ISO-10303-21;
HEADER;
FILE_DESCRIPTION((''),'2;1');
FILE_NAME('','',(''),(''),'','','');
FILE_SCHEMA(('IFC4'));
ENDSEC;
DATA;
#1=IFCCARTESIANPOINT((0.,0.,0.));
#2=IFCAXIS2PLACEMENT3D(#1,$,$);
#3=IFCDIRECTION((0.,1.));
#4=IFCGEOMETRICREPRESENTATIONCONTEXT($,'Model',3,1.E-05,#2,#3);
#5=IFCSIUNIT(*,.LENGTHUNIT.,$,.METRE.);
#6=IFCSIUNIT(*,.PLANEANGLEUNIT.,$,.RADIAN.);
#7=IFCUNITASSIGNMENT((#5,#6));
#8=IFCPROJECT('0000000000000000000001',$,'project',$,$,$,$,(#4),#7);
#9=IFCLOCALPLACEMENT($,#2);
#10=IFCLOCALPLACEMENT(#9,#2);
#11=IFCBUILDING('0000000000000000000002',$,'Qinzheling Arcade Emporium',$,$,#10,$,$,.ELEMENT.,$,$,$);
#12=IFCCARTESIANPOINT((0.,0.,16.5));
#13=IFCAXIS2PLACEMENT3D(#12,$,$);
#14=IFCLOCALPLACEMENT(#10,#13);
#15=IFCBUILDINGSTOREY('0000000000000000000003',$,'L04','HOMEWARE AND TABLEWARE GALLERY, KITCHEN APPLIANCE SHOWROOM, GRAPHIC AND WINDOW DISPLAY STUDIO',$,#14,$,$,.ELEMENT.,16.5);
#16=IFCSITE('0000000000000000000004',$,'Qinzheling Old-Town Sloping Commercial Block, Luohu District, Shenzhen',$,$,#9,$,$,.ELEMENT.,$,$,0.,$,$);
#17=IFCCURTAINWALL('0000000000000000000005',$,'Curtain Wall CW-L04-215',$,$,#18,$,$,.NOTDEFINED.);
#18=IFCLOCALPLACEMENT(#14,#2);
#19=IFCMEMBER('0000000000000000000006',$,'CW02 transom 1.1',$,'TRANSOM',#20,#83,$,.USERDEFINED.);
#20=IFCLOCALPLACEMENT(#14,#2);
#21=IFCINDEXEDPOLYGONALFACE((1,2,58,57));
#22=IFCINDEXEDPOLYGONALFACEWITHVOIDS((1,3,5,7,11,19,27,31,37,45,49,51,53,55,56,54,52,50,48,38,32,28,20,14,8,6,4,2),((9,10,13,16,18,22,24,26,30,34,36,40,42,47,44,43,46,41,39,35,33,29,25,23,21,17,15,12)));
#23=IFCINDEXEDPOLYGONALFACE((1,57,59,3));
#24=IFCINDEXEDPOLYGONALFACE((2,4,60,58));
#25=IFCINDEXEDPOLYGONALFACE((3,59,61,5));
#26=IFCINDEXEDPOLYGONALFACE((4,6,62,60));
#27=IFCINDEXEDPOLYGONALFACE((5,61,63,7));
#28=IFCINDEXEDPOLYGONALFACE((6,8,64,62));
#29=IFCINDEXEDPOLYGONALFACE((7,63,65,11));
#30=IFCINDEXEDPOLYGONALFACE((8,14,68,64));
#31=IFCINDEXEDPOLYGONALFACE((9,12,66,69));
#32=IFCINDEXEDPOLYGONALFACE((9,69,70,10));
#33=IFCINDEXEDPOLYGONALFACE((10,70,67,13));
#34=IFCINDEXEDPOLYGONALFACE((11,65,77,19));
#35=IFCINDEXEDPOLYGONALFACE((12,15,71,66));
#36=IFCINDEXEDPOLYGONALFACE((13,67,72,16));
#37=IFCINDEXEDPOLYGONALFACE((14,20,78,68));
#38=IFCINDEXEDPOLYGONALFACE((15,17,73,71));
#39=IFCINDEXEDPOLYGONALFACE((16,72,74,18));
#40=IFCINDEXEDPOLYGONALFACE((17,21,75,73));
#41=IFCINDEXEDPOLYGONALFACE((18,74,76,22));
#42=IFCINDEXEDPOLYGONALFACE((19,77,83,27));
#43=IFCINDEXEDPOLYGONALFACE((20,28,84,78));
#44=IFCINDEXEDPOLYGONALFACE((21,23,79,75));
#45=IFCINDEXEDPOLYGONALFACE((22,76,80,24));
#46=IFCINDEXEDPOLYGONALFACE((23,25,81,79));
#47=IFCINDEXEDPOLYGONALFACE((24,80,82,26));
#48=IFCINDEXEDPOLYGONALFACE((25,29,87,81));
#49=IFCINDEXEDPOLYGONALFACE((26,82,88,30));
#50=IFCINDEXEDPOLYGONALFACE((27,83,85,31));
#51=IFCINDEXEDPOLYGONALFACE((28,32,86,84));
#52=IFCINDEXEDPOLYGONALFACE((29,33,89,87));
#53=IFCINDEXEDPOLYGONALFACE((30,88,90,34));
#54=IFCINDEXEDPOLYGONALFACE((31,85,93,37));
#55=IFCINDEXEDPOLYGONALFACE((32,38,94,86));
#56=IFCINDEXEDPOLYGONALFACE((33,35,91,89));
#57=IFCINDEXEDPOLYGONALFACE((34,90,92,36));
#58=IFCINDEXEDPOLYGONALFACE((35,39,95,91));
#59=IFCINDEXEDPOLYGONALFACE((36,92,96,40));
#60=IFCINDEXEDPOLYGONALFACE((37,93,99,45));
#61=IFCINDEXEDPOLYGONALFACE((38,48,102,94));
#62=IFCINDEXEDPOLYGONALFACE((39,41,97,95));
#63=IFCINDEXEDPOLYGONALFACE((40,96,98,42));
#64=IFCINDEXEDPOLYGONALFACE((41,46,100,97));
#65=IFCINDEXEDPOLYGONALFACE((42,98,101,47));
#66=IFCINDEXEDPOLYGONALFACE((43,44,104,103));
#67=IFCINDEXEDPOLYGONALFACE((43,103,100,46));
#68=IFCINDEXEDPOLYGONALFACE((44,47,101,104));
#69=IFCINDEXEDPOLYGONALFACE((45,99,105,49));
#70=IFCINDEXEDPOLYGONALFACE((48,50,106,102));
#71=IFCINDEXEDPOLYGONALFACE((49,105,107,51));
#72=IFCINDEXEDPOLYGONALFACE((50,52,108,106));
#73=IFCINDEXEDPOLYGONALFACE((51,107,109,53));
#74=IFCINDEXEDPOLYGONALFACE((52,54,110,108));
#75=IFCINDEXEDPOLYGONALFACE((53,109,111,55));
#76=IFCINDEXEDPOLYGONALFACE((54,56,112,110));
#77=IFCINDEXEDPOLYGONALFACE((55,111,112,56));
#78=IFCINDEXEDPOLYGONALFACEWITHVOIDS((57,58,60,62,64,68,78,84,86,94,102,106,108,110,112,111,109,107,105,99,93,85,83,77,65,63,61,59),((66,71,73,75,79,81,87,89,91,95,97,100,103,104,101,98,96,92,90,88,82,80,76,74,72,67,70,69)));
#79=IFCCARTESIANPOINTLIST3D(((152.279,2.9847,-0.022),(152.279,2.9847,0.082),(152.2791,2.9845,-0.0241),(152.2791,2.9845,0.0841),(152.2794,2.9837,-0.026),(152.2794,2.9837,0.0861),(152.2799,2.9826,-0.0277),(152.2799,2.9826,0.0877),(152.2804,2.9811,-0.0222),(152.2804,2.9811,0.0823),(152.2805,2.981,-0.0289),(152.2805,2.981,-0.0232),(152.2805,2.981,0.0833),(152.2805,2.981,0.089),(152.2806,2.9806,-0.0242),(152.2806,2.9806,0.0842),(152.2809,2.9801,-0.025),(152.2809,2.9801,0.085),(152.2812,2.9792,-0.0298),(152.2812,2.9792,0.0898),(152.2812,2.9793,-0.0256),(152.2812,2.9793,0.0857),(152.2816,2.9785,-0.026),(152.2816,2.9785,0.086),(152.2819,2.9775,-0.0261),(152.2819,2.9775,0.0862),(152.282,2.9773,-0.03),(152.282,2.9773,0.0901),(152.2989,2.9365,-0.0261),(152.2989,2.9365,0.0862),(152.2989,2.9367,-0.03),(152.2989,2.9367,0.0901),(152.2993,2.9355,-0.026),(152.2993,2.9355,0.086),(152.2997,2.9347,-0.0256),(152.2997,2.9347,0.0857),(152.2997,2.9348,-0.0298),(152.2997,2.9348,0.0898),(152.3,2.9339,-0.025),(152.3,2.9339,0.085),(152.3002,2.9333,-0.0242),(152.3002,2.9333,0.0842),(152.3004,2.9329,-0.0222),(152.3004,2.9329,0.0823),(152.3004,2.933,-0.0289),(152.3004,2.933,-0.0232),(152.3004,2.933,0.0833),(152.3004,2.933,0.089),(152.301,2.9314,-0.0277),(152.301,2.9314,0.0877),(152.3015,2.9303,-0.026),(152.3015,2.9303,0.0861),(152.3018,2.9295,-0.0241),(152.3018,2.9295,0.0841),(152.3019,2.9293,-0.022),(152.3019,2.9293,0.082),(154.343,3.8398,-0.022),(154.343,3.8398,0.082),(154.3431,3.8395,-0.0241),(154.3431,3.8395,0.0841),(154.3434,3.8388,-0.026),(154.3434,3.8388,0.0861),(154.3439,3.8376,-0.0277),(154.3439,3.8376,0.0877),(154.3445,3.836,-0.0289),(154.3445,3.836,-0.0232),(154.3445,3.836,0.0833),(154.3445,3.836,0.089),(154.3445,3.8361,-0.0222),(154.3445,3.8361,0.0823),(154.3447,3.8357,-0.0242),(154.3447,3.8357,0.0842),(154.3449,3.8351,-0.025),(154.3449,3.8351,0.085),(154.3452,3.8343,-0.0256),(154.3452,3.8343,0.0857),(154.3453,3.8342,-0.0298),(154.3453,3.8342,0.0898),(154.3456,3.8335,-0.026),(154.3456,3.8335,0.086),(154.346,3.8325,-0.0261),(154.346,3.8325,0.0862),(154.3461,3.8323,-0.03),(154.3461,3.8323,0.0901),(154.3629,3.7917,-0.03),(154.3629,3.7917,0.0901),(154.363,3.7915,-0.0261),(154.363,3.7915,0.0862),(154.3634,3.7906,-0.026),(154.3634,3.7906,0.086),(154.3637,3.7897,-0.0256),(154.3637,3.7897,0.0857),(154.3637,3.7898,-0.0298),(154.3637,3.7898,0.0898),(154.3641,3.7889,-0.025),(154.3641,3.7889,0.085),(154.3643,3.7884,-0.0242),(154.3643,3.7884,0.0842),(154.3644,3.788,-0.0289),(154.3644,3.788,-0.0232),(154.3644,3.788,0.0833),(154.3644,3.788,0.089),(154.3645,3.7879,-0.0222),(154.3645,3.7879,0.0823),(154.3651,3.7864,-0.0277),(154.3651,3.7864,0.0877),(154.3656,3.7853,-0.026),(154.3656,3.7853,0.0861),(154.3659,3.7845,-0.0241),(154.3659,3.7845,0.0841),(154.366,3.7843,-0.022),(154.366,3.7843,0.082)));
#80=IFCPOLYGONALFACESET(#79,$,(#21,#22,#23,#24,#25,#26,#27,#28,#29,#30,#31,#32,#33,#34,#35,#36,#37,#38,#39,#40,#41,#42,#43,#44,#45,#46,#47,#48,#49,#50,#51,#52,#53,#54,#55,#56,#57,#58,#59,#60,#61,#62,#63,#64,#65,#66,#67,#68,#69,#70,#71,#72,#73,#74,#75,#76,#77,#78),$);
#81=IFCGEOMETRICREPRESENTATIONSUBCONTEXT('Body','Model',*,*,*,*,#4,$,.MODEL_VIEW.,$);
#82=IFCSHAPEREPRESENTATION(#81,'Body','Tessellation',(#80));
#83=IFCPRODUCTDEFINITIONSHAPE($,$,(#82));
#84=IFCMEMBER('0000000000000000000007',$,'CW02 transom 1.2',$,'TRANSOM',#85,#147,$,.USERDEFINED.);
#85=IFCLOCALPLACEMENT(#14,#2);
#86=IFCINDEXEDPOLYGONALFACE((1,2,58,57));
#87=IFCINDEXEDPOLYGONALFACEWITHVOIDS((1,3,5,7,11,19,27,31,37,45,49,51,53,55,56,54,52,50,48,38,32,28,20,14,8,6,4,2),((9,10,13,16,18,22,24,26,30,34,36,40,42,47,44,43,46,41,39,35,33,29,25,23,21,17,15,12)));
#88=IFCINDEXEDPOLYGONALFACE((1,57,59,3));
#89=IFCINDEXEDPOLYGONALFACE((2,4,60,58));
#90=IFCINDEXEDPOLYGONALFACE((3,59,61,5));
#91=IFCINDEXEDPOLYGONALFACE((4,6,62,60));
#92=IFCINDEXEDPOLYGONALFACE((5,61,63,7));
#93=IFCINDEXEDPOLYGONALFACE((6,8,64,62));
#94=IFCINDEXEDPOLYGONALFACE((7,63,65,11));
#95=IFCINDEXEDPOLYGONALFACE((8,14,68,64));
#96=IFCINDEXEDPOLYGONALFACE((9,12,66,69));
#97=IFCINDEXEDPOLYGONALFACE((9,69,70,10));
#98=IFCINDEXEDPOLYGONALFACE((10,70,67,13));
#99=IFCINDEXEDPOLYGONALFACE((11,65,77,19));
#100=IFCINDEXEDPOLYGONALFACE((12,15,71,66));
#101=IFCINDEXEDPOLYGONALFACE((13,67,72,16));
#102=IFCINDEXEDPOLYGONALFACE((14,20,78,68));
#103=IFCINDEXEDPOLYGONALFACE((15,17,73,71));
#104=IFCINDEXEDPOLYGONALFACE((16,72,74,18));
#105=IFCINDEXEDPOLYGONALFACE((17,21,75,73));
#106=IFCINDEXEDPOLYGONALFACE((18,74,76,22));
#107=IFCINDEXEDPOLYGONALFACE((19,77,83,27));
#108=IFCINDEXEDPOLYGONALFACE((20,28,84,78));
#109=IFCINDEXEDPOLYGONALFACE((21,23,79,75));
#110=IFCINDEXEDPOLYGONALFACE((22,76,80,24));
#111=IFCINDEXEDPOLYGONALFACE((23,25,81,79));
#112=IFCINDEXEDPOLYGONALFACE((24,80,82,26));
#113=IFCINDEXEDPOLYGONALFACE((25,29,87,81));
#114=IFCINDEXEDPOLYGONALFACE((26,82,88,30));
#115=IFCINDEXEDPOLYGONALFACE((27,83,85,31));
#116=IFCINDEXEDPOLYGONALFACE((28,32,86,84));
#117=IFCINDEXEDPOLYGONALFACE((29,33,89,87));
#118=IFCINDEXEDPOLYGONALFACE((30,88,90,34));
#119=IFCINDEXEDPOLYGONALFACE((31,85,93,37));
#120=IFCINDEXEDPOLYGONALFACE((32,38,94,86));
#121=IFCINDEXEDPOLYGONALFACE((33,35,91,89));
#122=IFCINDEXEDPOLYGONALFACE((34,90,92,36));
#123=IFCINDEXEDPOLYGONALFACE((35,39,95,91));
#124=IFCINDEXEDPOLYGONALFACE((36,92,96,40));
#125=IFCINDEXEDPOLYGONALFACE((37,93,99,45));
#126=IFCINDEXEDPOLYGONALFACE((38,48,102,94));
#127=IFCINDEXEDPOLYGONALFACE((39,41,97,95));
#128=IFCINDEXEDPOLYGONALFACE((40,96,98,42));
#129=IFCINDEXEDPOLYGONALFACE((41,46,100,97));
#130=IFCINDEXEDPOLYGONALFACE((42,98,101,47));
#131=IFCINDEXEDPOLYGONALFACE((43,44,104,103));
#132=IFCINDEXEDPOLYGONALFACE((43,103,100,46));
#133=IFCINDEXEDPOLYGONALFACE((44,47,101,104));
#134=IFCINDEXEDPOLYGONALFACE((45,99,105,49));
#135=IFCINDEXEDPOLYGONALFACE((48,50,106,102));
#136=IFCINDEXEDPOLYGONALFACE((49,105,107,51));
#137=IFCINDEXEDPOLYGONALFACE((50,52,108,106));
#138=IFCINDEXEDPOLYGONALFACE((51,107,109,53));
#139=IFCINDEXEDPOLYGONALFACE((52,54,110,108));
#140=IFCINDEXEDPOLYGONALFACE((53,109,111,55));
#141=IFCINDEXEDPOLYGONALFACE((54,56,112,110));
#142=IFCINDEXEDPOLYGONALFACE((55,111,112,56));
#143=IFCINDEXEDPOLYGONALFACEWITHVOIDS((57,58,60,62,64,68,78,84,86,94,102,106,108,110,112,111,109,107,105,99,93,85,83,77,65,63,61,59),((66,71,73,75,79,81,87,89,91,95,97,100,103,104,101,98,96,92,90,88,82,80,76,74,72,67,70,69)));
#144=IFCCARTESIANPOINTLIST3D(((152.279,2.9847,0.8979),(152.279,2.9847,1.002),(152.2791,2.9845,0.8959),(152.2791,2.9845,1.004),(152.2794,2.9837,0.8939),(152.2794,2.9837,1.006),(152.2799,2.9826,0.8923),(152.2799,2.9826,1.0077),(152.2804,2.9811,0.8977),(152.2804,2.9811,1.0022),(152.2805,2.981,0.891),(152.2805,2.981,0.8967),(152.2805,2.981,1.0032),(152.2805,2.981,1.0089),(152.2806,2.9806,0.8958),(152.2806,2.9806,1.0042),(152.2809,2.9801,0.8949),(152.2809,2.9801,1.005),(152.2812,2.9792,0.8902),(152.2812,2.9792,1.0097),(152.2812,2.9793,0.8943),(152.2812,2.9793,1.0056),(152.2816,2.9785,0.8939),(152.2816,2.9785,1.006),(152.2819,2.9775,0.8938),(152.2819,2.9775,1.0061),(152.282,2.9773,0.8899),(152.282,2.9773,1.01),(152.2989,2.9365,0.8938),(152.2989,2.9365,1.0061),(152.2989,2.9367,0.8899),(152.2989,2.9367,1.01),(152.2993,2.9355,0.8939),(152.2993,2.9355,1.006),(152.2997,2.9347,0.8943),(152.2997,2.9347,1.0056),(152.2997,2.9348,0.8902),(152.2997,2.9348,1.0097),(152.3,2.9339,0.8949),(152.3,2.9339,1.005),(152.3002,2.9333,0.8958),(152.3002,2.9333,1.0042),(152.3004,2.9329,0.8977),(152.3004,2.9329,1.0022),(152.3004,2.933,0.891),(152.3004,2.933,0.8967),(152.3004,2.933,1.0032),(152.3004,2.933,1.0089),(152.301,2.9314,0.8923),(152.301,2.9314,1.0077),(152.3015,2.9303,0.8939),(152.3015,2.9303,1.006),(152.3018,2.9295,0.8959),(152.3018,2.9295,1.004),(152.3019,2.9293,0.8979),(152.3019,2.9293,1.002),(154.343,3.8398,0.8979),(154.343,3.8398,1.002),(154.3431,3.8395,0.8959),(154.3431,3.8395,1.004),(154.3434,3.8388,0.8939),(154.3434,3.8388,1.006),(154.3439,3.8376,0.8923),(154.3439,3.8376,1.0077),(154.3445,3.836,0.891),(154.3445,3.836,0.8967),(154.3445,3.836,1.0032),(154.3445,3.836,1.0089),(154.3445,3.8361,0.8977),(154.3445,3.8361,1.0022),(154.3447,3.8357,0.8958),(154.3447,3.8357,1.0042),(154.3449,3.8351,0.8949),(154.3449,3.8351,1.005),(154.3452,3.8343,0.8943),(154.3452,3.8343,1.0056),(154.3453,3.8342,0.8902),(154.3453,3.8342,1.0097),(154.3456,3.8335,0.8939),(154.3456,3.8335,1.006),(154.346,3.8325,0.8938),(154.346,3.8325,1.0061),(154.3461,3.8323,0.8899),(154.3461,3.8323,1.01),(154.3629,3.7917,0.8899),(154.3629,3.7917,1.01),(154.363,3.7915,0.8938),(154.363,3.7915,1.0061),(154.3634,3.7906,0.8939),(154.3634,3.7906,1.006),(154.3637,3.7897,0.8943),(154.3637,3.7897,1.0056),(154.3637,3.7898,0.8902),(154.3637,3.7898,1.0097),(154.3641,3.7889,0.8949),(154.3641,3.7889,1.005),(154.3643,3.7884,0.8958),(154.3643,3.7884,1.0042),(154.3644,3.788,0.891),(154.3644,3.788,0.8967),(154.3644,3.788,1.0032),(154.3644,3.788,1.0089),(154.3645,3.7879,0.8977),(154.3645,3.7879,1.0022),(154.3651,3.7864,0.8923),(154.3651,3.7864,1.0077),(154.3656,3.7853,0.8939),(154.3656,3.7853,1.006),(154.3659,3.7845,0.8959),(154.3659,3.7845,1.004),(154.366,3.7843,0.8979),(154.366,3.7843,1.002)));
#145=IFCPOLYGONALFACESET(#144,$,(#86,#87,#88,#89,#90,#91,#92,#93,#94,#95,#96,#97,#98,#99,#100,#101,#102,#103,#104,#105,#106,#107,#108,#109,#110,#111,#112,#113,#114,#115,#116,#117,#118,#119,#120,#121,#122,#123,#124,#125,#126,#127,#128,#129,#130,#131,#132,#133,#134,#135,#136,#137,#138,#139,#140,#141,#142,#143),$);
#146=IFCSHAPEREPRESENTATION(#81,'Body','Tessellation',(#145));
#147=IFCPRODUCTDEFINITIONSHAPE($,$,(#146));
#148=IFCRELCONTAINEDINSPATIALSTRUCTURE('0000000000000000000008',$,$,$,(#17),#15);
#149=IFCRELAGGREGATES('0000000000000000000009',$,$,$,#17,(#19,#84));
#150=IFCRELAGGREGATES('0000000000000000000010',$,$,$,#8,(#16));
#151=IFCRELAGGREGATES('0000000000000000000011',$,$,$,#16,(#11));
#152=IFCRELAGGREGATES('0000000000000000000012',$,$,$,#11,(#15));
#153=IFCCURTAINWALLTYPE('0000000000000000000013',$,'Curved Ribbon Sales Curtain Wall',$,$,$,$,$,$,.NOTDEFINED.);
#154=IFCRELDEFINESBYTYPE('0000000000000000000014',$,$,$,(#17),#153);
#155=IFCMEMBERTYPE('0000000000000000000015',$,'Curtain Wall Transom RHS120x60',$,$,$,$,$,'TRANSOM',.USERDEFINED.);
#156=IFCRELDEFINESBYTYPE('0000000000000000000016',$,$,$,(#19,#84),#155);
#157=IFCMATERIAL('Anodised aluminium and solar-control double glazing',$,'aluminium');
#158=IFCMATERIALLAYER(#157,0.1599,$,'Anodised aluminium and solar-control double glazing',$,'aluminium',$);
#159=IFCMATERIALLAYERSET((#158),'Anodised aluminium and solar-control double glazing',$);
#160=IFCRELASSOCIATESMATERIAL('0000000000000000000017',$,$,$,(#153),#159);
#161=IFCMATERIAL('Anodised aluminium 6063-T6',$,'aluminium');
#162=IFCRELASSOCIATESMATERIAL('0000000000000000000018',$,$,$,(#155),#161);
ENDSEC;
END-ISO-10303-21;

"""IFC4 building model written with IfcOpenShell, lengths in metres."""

from ifc_helpers import new_model, si_unit, direction, frame, origin, origin_2d, place, context, subcontext, project, spatial, hollow_rectangle, extrude, material, layer, layer_set, material_profile, profile_set, type_object, element, aggregate, save


model = new_model("IFC4")

# Units and contexts
model_context = context("Model", 3, precision=1e-05, world=origin(), true_north=direction((0.0, 1.0)))
body_context = subcontext(model_context, "Body", "Model", "MODEL_VIEW")
ifc_project = project(units=[si_unit("LENGTHUNIT", "METRE"), si_unit("PLANEANGLEUNIT", "RADIAN")], contexts=[model_context])

# Site, building, storey
site_placement = place(None, origin())
site = spatial("IfcSite", under=ifc_project, at=site_placement, Name="Qinzheling Old-Town Sloping Commercial Block, Luohu District, Shenzhen", CompositionType="ELEMENT", RefElevation=0.0)
building_placement = place(site_placement, origin())
building = spatial("IfcBuilding", under=site, at=building_placement, Name="Qinzheling Arcade Emporium", CompositionType="ELEMENT")
storey_placement = place(building_placement, frame((0.0, 0.0, 16.5)))
storey = spatial("IfcBuildingStorey", under=building, at=storey_placement, Name="L04", Description="HOMEWARE AND TABLEWARE GALLERY, KITCHEN APPLIANCE SHOWROOM, GRAPHIC AND WINDOW DISPLAY STUDIO", CompositionType="ELEMENT", Elevation=16.5)

# Shared definitions
ifc_material_1 = material(Name="Anodised aluminium and solar-control double glazing", Category="aluminium")
ifc_layer_1 = layer(ifc_material_1, 0.1599, Name="Anodised aluminium and solar-control double glazing", Category="aluminium")
ifc_layer_set_1 = layer_set([ifc_layer_1], Name="Anodised aluminium and solar-control double glazing")
curtain_wall_type = type_object("IfcCurtainWallType", Name="Curved Ribbon Sales Curtain Wall", PredefinedType="NOTDEFINED", material=ifc_layer_set_1)
ifc_material_2 = material(Name="Anodised aluminium 6063-T6", Category="aluminium")

# Curtain wall
curtain_wall_1_placement = place(storey_placement, origin())
curtain_wall_1 = element("IfcCurtainWall", 1, at=curtain_wall_1_placement, inside=storey, type_object=curtain_wall_type, Name="Curtain Wall CW-L04-215", PredefinedType="NOTDEFINED")

# Members
ifc_material_profile_1 = material_profile(ifc_material_2, hollow_rectangle(XDim=0.0601, YDim=0.1201, WallThickness=0.0039, InnerFilletRadius=0.0039, OuterFilletRadius=0.0081, at=origin_2d()), Name="RHS 120x60x4", Category="aluminium")
ifc_profile_set_1 = profile_set([ifc_material_profile_1], Name="Anodised aluminium 6063-T6")
member_type_1 = type_object("IfcMemberType", Name="Curtain Wall Transom RHS120x60", ElementType="TRANSOM", PredefinedType="USERDEFINED", material=ifc_profile_set_1)
member_1_placement = place(storey_placement, frame((154.3545, 3.812, 0.03), z_axis=(-0.92387, -0.382706, 0.0), x_axis=(0.382706, -0.92387, 0.0)))
member_1 = element("IfcMember", 2, at=member_1_placement, type_object=member_type_1, Name="CW02 transom 1.1", ObjectType="TRANSOM", PredefinedType="USERDEFINED", context=body_context, shape_type="SweptSolid", body=[
    extrude(hollow_rectangle(XDim=0.0601, YDim=0.1201, WallThickness=0.0039, InnerFilletRadius=0.0039, OuterFilletRadius=0.0081, at=origin_2d()), origin(), (0.0, 0.0, 1.0), 2.2341),
])
member_2_placement = place(storey_placement, frame((154.3545, 3.812, 0.95), z_axis=(-0.92387, -0.382706, 0.0), x_axis=(0.382706, -0.92387, 0.0)))
member_2 = element("IfcMember", 3, at=member_2_placement, type_object=member_type_1, Name="CW02 transom 1.2", ObjectType="TRANSOM", PredefinedType="USERDEFINED", context=body_context, shape_type="SweptSolid", body=[
    extrude(hollow_rectangle(XDim=0.0601, YDim=0.1201, WallThickness=0.0039, InnerFilletRadius=0.0039, OuterFilletRadius=0.0081, at=origin_2d()), origin(), (0.0, 0.0, 1.0), 2.2341),
])

aggregate(curtain_wall_1, [member_1, member_2])

save(model, "model.ifc")
